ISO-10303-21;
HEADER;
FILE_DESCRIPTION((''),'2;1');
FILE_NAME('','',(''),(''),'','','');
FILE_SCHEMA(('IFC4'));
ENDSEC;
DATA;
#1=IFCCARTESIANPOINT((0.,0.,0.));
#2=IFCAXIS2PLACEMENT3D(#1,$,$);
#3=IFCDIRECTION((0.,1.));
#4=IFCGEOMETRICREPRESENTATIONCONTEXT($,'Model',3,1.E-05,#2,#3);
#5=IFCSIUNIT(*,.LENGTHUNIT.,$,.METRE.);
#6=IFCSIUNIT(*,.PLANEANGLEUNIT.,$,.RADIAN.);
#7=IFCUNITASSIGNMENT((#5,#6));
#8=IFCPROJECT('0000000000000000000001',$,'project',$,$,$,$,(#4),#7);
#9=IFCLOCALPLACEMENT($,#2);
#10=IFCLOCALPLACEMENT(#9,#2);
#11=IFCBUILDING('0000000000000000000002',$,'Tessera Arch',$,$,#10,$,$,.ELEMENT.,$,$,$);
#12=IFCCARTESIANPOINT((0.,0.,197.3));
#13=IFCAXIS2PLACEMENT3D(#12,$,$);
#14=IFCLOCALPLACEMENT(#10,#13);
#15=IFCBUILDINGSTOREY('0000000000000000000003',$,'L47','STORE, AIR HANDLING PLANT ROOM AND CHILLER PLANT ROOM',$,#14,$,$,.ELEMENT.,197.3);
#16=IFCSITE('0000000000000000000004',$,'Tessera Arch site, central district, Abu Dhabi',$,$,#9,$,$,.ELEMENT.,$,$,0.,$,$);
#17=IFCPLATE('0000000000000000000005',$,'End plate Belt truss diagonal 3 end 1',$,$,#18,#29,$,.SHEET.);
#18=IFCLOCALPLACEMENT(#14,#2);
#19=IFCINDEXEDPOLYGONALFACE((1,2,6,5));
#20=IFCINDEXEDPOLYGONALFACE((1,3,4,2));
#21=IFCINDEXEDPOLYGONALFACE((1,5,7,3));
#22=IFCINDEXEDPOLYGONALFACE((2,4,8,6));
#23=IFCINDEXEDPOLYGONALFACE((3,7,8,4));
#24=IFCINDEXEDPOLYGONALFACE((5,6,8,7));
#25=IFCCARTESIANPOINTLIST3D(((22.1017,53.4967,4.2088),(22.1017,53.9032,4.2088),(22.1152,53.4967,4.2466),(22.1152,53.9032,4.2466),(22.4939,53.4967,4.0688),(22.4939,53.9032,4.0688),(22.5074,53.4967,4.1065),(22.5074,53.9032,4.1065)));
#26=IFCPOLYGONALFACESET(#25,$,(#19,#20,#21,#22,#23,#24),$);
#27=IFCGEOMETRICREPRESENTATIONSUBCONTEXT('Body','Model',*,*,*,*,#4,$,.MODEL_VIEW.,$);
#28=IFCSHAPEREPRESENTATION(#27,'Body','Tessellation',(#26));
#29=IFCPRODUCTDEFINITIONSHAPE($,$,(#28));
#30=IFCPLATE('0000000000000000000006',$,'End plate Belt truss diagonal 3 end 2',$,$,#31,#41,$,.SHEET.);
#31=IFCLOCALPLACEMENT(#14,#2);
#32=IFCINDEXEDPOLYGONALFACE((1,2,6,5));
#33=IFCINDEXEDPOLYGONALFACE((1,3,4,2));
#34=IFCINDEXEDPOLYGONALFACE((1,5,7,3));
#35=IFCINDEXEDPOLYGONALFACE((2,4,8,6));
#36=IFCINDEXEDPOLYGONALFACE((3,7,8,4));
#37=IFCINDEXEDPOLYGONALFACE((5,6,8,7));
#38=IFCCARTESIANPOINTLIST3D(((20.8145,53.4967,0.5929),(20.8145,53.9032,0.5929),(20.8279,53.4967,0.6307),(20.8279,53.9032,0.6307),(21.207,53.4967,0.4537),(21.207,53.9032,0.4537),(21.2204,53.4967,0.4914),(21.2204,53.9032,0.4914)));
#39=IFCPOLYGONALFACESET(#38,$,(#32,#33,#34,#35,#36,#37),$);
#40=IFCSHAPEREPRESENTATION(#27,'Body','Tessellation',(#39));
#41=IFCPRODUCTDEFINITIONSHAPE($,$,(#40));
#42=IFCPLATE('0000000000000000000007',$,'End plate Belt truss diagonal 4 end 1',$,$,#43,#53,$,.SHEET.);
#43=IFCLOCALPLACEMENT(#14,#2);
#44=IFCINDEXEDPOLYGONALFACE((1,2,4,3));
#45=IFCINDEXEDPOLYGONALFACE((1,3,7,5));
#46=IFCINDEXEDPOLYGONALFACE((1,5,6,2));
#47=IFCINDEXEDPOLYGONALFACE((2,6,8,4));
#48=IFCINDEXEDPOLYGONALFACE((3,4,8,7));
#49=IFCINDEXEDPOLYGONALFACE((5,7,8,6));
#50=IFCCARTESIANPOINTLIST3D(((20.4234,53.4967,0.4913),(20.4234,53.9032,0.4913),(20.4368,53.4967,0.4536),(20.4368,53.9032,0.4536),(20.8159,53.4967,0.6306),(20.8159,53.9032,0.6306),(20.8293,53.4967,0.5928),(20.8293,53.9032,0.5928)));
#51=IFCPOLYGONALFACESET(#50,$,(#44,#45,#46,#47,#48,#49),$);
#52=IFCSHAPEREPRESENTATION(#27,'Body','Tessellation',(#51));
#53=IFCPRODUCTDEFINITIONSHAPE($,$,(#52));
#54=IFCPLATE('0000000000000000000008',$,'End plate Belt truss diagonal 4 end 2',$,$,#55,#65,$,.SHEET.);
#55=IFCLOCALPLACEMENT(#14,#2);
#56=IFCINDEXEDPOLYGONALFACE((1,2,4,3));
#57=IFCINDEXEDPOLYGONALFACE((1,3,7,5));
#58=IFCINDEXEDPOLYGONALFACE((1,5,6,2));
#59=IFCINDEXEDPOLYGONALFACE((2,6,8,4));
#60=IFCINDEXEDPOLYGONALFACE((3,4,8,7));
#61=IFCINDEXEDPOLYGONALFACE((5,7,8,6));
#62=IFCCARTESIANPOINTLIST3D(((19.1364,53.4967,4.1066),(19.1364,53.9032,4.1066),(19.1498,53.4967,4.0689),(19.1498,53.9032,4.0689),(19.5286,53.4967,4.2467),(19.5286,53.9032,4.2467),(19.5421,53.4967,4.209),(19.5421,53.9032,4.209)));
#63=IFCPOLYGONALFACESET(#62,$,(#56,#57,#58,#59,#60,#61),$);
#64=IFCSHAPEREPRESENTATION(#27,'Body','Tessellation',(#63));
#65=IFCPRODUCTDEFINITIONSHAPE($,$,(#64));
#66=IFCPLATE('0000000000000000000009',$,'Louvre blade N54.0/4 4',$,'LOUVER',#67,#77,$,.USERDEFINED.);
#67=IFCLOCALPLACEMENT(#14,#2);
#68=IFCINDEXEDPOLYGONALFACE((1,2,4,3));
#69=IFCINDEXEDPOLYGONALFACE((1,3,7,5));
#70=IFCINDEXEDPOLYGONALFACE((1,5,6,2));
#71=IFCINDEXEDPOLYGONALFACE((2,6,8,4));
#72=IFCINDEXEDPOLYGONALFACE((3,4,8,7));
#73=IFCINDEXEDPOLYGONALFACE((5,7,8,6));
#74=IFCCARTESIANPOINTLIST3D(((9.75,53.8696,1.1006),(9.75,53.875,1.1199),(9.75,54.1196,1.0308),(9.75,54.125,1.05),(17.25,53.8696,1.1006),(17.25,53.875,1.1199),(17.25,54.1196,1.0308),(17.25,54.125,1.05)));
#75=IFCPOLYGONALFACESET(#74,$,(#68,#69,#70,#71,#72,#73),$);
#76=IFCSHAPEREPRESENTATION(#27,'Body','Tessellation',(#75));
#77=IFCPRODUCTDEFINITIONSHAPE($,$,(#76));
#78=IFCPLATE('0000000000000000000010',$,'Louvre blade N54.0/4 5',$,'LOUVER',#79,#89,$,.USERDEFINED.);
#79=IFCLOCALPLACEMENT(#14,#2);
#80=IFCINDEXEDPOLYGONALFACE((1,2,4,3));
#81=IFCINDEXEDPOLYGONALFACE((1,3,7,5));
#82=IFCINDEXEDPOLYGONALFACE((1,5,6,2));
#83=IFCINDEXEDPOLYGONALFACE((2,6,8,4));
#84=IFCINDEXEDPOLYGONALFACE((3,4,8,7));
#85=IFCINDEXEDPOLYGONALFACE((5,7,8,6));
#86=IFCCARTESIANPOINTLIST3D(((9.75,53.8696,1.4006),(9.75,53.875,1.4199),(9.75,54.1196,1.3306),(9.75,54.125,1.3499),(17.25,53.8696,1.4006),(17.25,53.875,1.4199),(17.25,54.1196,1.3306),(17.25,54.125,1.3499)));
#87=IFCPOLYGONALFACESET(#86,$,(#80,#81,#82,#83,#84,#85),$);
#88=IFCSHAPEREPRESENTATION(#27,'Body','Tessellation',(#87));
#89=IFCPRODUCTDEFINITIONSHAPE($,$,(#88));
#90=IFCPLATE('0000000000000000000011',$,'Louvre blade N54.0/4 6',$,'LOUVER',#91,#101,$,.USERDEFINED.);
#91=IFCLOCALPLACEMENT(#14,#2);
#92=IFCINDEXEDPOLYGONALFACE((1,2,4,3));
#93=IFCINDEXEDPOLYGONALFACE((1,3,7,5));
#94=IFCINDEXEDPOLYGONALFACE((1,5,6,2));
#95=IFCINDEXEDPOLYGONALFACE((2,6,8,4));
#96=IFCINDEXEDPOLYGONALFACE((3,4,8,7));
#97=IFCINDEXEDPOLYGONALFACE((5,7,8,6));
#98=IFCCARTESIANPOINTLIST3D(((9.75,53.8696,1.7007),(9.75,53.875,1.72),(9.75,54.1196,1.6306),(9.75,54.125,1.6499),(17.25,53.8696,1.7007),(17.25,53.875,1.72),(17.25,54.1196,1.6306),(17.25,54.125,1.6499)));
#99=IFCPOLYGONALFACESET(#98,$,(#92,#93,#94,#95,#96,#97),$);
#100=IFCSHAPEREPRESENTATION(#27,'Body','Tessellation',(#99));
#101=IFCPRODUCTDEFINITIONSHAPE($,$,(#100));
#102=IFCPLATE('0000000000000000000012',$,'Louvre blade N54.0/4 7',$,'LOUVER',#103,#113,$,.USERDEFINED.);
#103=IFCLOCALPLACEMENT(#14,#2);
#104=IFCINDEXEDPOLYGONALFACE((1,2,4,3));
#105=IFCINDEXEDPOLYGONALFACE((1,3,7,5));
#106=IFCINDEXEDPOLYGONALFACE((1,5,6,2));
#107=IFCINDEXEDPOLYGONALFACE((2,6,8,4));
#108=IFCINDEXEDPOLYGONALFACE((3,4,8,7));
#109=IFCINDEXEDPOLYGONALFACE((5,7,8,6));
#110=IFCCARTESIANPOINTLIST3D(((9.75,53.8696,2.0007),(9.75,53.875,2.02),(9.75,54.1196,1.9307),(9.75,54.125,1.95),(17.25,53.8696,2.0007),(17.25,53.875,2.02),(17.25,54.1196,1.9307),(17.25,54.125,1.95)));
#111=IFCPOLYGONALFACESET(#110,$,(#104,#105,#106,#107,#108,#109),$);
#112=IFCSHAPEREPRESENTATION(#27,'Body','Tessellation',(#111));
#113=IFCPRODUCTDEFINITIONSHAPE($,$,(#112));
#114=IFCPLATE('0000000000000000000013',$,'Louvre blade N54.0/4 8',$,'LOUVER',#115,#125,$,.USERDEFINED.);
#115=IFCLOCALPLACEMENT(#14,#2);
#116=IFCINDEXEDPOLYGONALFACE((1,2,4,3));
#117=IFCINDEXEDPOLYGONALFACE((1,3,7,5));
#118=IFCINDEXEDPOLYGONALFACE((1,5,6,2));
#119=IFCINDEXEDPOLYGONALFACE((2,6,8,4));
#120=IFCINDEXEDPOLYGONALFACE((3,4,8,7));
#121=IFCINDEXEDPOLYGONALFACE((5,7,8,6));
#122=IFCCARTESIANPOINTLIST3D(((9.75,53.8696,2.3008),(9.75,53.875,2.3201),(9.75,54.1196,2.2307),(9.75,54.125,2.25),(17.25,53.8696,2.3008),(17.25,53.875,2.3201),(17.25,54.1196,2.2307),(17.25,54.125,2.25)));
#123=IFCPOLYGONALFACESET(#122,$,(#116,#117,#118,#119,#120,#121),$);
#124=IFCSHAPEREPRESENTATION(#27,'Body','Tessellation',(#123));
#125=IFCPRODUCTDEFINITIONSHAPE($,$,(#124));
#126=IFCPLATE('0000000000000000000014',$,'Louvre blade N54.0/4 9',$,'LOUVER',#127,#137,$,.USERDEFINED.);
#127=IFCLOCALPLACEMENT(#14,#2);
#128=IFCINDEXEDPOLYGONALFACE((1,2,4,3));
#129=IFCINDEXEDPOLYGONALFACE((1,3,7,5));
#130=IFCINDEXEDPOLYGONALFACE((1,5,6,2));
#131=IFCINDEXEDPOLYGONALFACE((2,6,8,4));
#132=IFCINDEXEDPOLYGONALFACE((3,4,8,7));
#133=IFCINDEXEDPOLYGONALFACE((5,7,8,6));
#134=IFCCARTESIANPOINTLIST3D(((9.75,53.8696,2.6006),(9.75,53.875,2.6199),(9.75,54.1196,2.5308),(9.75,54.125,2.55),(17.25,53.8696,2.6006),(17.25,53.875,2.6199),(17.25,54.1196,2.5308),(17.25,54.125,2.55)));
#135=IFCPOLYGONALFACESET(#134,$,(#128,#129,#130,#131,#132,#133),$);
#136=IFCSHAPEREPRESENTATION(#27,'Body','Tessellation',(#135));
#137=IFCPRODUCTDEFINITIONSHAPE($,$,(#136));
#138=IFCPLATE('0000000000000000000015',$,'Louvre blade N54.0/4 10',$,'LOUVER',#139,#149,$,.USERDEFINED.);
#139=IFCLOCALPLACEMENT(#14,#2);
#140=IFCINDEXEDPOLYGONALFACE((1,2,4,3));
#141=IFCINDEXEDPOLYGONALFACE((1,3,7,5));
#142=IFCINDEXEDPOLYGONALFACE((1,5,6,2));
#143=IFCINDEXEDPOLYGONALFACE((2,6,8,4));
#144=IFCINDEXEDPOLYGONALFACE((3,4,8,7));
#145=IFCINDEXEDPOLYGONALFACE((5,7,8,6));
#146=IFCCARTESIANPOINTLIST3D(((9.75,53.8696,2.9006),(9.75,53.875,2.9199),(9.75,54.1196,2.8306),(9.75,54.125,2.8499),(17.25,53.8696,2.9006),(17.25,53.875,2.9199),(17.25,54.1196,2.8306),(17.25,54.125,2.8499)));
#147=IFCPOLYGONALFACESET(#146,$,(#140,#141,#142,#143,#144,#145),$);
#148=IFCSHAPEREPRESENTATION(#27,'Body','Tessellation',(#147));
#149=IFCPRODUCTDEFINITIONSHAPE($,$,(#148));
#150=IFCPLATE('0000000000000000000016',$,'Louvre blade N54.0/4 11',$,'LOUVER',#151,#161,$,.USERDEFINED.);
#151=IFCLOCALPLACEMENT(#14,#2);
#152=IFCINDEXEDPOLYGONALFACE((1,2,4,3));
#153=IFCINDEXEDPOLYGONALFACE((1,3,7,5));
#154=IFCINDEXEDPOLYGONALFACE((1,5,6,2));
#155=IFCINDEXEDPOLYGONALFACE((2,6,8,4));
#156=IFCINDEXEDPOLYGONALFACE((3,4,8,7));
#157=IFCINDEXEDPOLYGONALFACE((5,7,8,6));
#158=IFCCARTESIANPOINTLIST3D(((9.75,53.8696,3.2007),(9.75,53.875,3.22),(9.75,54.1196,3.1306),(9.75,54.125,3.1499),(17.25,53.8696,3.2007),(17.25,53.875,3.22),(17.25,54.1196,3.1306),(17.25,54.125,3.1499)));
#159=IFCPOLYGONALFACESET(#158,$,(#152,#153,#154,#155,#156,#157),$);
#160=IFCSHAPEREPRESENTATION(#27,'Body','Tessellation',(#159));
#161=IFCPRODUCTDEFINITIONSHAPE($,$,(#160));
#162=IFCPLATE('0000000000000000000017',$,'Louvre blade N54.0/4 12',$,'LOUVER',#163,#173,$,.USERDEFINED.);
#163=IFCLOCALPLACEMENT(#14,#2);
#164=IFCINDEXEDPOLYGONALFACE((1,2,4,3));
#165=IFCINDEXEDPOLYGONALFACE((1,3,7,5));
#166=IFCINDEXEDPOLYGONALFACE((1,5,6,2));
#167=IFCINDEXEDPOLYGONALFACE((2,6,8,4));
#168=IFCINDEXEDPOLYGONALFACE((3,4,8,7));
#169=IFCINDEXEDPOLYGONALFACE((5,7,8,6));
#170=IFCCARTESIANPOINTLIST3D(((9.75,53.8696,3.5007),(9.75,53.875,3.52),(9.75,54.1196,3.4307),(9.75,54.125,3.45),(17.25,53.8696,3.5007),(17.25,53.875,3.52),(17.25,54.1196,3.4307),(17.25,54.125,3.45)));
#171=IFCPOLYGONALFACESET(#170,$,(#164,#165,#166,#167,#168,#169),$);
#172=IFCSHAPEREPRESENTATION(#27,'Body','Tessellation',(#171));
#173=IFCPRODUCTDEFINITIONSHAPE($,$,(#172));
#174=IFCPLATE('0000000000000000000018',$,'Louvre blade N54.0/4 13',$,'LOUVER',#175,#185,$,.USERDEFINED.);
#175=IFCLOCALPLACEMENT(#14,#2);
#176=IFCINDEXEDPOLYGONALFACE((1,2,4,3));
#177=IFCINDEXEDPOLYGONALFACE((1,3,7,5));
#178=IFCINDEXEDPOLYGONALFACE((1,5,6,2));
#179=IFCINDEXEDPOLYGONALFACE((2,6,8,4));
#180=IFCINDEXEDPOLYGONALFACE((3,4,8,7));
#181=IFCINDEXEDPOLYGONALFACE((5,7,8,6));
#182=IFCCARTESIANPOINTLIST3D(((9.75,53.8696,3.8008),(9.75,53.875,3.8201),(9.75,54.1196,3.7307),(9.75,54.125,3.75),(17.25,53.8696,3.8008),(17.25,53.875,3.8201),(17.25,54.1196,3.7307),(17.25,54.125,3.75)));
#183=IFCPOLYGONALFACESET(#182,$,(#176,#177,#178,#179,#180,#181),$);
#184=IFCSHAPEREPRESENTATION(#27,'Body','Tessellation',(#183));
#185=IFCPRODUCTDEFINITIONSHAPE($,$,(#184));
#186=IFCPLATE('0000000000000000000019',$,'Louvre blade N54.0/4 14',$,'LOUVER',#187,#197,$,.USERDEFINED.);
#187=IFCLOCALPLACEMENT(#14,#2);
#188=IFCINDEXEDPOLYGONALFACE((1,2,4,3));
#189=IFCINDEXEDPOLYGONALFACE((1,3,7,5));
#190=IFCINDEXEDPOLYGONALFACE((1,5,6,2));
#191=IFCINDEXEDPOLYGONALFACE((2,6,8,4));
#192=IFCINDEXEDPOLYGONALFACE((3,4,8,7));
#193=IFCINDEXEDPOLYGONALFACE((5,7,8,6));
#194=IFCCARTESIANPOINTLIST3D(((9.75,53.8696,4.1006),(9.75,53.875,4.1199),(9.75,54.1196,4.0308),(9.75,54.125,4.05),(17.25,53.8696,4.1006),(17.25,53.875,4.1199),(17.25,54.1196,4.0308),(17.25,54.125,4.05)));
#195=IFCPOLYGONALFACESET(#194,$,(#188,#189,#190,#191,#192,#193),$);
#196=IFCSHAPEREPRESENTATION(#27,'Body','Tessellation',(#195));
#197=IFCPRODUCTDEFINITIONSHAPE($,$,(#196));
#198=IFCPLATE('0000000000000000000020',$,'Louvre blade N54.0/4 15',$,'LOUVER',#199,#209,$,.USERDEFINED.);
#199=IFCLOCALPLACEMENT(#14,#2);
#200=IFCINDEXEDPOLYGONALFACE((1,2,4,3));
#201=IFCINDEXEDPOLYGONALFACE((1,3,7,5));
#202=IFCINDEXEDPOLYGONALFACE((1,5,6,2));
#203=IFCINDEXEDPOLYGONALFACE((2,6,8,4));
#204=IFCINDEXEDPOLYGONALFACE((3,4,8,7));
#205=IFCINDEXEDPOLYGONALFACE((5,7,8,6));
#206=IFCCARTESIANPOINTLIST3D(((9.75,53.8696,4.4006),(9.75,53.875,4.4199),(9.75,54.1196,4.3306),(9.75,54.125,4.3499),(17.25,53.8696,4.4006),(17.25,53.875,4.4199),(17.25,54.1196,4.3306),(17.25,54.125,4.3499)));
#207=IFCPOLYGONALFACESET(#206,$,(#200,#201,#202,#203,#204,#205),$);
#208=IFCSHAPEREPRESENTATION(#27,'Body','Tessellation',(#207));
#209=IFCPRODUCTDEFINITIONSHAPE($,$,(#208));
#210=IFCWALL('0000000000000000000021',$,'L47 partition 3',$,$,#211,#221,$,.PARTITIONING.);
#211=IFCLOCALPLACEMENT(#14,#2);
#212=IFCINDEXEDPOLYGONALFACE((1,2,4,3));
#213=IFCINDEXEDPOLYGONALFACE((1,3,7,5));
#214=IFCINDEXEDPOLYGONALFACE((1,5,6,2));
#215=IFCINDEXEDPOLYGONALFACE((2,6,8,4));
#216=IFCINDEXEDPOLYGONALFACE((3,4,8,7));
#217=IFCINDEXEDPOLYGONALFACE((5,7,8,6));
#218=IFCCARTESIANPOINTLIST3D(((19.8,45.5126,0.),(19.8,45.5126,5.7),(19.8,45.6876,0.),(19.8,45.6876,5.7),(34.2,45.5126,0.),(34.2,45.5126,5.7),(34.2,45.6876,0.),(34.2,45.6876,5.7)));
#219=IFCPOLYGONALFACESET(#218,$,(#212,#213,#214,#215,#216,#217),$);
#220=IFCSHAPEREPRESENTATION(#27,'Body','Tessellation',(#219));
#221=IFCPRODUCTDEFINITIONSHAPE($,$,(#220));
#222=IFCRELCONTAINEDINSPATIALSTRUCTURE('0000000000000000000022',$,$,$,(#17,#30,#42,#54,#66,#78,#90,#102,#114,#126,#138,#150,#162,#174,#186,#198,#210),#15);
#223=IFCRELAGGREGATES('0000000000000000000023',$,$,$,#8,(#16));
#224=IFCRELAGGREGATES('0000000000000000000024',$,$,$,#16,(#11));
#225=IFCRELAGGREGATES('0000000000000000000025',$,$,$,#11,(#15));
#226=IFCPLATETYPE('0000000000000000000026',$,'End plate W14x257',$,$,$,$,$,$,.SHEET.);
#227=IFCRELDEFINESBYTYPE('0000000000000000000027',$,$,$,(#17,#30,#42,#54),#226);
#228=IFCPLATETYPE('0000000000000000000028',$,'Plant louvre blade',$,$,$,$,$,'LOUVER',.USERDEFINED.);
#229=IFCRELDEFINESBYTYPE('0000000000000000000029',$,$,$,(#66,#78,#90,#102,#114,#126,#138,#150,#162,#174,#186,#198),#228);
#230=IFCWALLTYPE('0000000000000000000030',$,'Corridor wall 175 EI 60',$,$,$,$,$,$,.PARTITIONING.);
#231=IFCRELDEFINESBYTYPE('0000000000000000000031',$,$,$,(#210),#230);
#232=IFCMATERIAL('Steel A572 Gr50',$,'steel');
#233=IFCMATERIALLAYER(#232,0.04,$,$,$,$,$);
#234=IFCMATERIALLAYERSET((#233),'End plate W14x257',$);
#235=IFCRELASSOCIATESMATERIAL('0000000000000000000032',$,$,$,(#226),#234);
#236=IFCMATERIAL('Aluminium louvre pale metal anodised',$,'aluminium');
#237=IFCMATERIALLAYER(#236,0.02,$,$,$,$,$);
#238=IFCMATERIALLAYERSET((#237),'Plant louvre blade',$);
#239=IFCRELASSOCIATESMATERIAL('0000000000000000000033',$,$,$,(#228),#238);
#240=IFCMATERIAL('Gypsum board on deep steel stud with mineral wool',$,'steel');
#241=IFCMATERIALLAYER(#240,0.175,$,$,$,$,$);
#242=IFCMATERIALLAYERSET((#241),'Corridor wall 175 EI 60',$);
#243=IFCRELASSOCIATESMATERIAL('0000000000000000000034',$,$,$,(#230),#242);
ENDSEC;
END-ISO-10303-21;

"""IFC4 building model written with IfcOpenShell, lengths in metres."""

from ifc_helpers import new_model, si_unit, direction, frame, frame_2d, origin, origin_2d, place, context, subcontext, project, spatial, polyline, rectangle, outline, extrude, material, layer, layer_set, type_object, element, save


model = new_model("IFC4")

# Units and contexts
model_context = context("Model", 3, precision=1e-05, world=origin(), true_north=direction((0.0, 1.0)))
body_context = subcontext(model_context, "Body", "Model", "MODEL_VIEW")
ifc_project = project(units=[si_unit("LENGTHUNIT", "METRE"), si_unit("PLANEANGLEUNIT", "RADIAN")], contexts=[model_context])

# Site, building, storey
site_placement = place(None, origin())
site = spatial("IfcSite", under=ifc_project, at=site_placement, Name="Tessera Arch site, central district, Abu Dhabi", CompositionType="ELEMENT", RefElevation=0.0)
building_placement = place(site_placement, origin())
building = spatial("IfcBuilding", under=site, at=building_placement, Name="Tessera Arch", CompositionType="ELEMENT")
storey_placement = place(building_placement, frame((0.0, 0.0, 197.3)))
storey = spatial("IfcBuildingStorey", under=building, at=storey_placement, Name="L47", Description="STORE, AIR HANDLING PLANT ROOM AND CHILLER PLANT ROOM", CompositionType="ELEMENT", Elevation=197.3)

# Plates
ifc_material_1 = material(Name="Steel A572 Gr50", Category="steel")
ifc_layer_1 = layer(ifc_material_1, 0.04)
ifc_layer_set_1 = layer_set([ifc_layer_1], Name="End plate W14x257")
plate_type_1 = type_object("IfcPlateType", Name="End plate W14x257", PredefinedType="SHEET", material=ifc_layer_set_1)
for number, where, z_axis, x_axis, name in (
    (1, (22.3113, 53.7, 4.1765), (-0.336336, 0.0, -0.941742), (0.0, -1.0, 0.0), "End plate Belt truss diagonal 3 end 1"),
    (2, (21.0242, 53.7, 0.561), (-0.33441, 0.0, -0.942428), (0.0, -1.0, 0.0), "End plate Belt truss diagonal 3 end 2"),
    (3, (20.6331, 53.7, 0.5232), (-0.33441, 0.0, 0.942428), (0.0, -1.0, 0.0), "End plate Belt truss diagonal 4 end 1"),
    (4, (19.3459, 53.7, 4.1389), (-0.336336, 0.0, 0.941742), (0.0, -1.0, 0.0), "End plate Belt truss diagonal 4 end 2"),
):
    element("IfcPlate", number, at=place(storey_placement, frame(where, z_axis=z_axis, x_axis=x_axis)), inside=storey, type_object=plate_type_1, Name=name, PredefinedType="SHEET", context=body_context, shape_type="SweptSolid", body=[
        extrude(rectangle(XDim=0.4065, YDim=0.4165, at=origin_2d()), origin(), (0.0, 0.0, 1.0), 0.04),
    ])
ifc_material_2 = material(Name="Aluminium louvre pale metal anodised", Category="aluminium")
ifc_layer_2 = layer(ifc_material_2, 0.02)
ifc_layer_set_2 = layer_set([ifc_layer_2], Name="Plant louvre blade")
plate_type_2 = type_object("IfcPlateType", Name="Plant louvre blade", ElementType="LOUVER", PredefinedType="USERDEFINED", material=ifc_layer_set_2)
plate_1_placement = place(storey_placement, frame((17.25, 54.125, 1.05), z_axis=(0.0, 0.269002, 0.96314), x_axis=(-1.0, 0.0, 0.0)))
element("IfcPlate", 5, at=plate_1_placement, inside=storey, type_object=plate_type_2, Name="Louvre blade N54.0/4 4", ObjectType="LOUVER", PredefinedType="USERDEFINED", context=body_context, shape_type="SweptSolid", body=[
    extrude(outline(polyline([(0.0, 0.0), (7.5, 0.0), (7.5, 0.2596), (0.0, 0.2596), (0.0, 0.0)])), origin(), (0.0, 0.0, -1.0), 0.02),
])
for number, where, z_axis, x_axis, name in (
    (6, (17.25, 54.125, 1.3499), (0.0, 0.269874, 0.962896), (-1.0, 0.0, 0.0), "Louvre blade N54.0/4 5"),
    (7, (17.25, 54.125, 1.6499), (0.0, 0.269874, 0.962896), (-1.0, 0.0, 0.0), "Louvre blade N54.0/4 6"),
    (8, (17.25, 54.125, 1.95), (0.0, 0.269874, 0.962896), (-1.0, 0.0, 0.0), "Louvre blade N54.0/4 7"),
    (9, (17.25, 54.125, 2.25), (0.0, 0.269874, 0.962896), (-1.0, 0.0, 0.0), "Louvre blade N54.0/4 8"),
):
    element("IfcPlate", number, at=place(storey_placement, frame(where, z_axis=z_axis, x_axis=x_axis)), inside=storey, type_object=plate_type_2, Name=name, ObjectType="LOUVER", PredefinedType="USERDEFINED", context=body_context, shape_type="SweptSolid", body=[
        extrude(outline(polyline([(0.0, 0.0), (7.5, 0.0), (7.5, 0.2596), (0.0, 0.2596), (0.0, 0.0)])), origin(), (0.0, 0.0, -1.0), 0.02),
    ])
plate_2_placement = place(storey_placement, frame((17.25, 54.125, 2.55), z_axis=(0.0, 0.269002, 0.96314), x_axis=(-1.0, 0.0, 0.0)))
element("IfcPlate", 10, at=plate_2_placement, inside=storey, type_object=plate_type_2, Name="Louvre blade N54.0/4 9", ObjectType="LOUVER", PredefinedType="USERDEFINED", context=body_context, shape_type="SweptSolid", body=[
    extrude(outline(polyline([(0.0, 0.0), (7.5, 0.0), (7.5, 0.2596), (0.0, 0.2596), (0.0, 0.0)])), origin(), (0.0, 0.0, -1.0), 0.02),
])
for number, where, z_axis, x_axis, name in (
    (11, (17.25, 54.125, 2.8499), (0.0, 0.269874, 0.962896), (-1.0, 0.0, 0.0), "Louvre blade N54.0/4 10"),
    (12, (17.25, 54.125, 3.1499), (0.0, 0.269874, 0.962896), (-1.0, 0.0, 0.0), "Louvre blade N54.0/4 11"),
    (13, (17.25, 54.125, 3.45), (0.0, 0.269874, 0.962896), (-1.0, 0.0, 0.0), "Louvre blade N54.0/4 12"),
    (14, (17.25, 54.125, 3.75), (0.0, 0.269874, 0.962896), (-1.0, 0.0, 0.0), "Louvre blade N54.0/4 13"),
):
    element("IfcPlate", number, at=place(storey_placement, frame(where, z_axis=z_axis, x_axis=x_axis)), inside=storey, type_object=plate_type_2, Name=name, ObjectType="LOUVER", PredefinedType="USERDEFINED", context=body_context, shape_type="SweptSolid", body=[
        extrude(outline(polyline([(0.0, 0.0), (7.5, 0.0), (7.5, 0.2596), (0.0, 0.2596), (0.0, 0.0)])), origin(), (0.0, 0.0, -1.0), 0.02),
    ])
plate_3_placement = place(storey_placement, frame((17.25, 54.125, 4.05), z_axis=(0.0, 0.269002, 0.96314), x_axis=(-1.0, 0.0, 0.0)))
element("IfcPlate", 15, at=plate_3_placement, inside=storey, type_object=plate_type_2, Name="Louvre blade N54.0/4 14", ObjectType="LOUVER", PredefinedType="USERDEFINED", context=body_context, shape_type="SweptSolid", body=[
    extrude(outline(polyline([(0.0, 0.0), (7.5, 0.0), (7.5, 0.2596), (0.0, 0.2596), (0.0, 0.0)])), origin(), (0.0, 0.0, -1.0), 0.02),
])
plate_4_placement = place(storey_placement, frame((17.25, 54.125, 4.3499), z_axis=(0.0, 0.269874, 0.962896), x_axis=(-1.0, 0.0, 0.0)))
element("IfcPlate", 16, at=plate_4_placement, inside=storey, type_object=plate_type_2, Name="Louvre blade N54.0/4 15", ObjectType="LOUVER", PredefinedType="USERDEFINED", context=body_context, shape_type="SweptSolid", body=[
    extrude(outline(polyline([(0.0, 0.0), (7.5, 0.0), (7.5, 0.2596), (0.0, 0.2596), (0.0, 0.0)])), origin(), (0.0, 0.0, -1.0), 0.02),
])

# Wall
ifc_material_3 = material(Name="Gypsum board on deep steel stud with mineral wool", Category="steel")
ifc_layer_3 = layer(ifc_material_3, 0.175)
ifc_layer_set_3 = layer_set([ifc_layer_3], Name="Corridor wall 175 EI 60")
wall_type = type_object("IfcWallType", Name="Corridor wall 175 EI 60", PredefinedType="PARTITIONING", material=ifc_layer_set_3)
wall_1_placement = place(storey_placement, frame((19.8, 45.6001, 0.0), z_axis=(0.0, 0.0, 1.0), x_axis=(1.0, 0.0, 0.0)))
element("IfcWall", 17, at=wall_1_placement, inside=storey, type_object=wall_type, Name="L47 partition 3", PredefinedType="PARTITIONING", context=body_context, shape_type="SweptSolid", body=[
    extrude(rectangle(XDim=14.3999, YDim=0.175, at=frame_2d((7.2, 0.0))), origin(), (0.0, 0.0, 1.0), 5.7),
])

save(model, "model.ifc")
